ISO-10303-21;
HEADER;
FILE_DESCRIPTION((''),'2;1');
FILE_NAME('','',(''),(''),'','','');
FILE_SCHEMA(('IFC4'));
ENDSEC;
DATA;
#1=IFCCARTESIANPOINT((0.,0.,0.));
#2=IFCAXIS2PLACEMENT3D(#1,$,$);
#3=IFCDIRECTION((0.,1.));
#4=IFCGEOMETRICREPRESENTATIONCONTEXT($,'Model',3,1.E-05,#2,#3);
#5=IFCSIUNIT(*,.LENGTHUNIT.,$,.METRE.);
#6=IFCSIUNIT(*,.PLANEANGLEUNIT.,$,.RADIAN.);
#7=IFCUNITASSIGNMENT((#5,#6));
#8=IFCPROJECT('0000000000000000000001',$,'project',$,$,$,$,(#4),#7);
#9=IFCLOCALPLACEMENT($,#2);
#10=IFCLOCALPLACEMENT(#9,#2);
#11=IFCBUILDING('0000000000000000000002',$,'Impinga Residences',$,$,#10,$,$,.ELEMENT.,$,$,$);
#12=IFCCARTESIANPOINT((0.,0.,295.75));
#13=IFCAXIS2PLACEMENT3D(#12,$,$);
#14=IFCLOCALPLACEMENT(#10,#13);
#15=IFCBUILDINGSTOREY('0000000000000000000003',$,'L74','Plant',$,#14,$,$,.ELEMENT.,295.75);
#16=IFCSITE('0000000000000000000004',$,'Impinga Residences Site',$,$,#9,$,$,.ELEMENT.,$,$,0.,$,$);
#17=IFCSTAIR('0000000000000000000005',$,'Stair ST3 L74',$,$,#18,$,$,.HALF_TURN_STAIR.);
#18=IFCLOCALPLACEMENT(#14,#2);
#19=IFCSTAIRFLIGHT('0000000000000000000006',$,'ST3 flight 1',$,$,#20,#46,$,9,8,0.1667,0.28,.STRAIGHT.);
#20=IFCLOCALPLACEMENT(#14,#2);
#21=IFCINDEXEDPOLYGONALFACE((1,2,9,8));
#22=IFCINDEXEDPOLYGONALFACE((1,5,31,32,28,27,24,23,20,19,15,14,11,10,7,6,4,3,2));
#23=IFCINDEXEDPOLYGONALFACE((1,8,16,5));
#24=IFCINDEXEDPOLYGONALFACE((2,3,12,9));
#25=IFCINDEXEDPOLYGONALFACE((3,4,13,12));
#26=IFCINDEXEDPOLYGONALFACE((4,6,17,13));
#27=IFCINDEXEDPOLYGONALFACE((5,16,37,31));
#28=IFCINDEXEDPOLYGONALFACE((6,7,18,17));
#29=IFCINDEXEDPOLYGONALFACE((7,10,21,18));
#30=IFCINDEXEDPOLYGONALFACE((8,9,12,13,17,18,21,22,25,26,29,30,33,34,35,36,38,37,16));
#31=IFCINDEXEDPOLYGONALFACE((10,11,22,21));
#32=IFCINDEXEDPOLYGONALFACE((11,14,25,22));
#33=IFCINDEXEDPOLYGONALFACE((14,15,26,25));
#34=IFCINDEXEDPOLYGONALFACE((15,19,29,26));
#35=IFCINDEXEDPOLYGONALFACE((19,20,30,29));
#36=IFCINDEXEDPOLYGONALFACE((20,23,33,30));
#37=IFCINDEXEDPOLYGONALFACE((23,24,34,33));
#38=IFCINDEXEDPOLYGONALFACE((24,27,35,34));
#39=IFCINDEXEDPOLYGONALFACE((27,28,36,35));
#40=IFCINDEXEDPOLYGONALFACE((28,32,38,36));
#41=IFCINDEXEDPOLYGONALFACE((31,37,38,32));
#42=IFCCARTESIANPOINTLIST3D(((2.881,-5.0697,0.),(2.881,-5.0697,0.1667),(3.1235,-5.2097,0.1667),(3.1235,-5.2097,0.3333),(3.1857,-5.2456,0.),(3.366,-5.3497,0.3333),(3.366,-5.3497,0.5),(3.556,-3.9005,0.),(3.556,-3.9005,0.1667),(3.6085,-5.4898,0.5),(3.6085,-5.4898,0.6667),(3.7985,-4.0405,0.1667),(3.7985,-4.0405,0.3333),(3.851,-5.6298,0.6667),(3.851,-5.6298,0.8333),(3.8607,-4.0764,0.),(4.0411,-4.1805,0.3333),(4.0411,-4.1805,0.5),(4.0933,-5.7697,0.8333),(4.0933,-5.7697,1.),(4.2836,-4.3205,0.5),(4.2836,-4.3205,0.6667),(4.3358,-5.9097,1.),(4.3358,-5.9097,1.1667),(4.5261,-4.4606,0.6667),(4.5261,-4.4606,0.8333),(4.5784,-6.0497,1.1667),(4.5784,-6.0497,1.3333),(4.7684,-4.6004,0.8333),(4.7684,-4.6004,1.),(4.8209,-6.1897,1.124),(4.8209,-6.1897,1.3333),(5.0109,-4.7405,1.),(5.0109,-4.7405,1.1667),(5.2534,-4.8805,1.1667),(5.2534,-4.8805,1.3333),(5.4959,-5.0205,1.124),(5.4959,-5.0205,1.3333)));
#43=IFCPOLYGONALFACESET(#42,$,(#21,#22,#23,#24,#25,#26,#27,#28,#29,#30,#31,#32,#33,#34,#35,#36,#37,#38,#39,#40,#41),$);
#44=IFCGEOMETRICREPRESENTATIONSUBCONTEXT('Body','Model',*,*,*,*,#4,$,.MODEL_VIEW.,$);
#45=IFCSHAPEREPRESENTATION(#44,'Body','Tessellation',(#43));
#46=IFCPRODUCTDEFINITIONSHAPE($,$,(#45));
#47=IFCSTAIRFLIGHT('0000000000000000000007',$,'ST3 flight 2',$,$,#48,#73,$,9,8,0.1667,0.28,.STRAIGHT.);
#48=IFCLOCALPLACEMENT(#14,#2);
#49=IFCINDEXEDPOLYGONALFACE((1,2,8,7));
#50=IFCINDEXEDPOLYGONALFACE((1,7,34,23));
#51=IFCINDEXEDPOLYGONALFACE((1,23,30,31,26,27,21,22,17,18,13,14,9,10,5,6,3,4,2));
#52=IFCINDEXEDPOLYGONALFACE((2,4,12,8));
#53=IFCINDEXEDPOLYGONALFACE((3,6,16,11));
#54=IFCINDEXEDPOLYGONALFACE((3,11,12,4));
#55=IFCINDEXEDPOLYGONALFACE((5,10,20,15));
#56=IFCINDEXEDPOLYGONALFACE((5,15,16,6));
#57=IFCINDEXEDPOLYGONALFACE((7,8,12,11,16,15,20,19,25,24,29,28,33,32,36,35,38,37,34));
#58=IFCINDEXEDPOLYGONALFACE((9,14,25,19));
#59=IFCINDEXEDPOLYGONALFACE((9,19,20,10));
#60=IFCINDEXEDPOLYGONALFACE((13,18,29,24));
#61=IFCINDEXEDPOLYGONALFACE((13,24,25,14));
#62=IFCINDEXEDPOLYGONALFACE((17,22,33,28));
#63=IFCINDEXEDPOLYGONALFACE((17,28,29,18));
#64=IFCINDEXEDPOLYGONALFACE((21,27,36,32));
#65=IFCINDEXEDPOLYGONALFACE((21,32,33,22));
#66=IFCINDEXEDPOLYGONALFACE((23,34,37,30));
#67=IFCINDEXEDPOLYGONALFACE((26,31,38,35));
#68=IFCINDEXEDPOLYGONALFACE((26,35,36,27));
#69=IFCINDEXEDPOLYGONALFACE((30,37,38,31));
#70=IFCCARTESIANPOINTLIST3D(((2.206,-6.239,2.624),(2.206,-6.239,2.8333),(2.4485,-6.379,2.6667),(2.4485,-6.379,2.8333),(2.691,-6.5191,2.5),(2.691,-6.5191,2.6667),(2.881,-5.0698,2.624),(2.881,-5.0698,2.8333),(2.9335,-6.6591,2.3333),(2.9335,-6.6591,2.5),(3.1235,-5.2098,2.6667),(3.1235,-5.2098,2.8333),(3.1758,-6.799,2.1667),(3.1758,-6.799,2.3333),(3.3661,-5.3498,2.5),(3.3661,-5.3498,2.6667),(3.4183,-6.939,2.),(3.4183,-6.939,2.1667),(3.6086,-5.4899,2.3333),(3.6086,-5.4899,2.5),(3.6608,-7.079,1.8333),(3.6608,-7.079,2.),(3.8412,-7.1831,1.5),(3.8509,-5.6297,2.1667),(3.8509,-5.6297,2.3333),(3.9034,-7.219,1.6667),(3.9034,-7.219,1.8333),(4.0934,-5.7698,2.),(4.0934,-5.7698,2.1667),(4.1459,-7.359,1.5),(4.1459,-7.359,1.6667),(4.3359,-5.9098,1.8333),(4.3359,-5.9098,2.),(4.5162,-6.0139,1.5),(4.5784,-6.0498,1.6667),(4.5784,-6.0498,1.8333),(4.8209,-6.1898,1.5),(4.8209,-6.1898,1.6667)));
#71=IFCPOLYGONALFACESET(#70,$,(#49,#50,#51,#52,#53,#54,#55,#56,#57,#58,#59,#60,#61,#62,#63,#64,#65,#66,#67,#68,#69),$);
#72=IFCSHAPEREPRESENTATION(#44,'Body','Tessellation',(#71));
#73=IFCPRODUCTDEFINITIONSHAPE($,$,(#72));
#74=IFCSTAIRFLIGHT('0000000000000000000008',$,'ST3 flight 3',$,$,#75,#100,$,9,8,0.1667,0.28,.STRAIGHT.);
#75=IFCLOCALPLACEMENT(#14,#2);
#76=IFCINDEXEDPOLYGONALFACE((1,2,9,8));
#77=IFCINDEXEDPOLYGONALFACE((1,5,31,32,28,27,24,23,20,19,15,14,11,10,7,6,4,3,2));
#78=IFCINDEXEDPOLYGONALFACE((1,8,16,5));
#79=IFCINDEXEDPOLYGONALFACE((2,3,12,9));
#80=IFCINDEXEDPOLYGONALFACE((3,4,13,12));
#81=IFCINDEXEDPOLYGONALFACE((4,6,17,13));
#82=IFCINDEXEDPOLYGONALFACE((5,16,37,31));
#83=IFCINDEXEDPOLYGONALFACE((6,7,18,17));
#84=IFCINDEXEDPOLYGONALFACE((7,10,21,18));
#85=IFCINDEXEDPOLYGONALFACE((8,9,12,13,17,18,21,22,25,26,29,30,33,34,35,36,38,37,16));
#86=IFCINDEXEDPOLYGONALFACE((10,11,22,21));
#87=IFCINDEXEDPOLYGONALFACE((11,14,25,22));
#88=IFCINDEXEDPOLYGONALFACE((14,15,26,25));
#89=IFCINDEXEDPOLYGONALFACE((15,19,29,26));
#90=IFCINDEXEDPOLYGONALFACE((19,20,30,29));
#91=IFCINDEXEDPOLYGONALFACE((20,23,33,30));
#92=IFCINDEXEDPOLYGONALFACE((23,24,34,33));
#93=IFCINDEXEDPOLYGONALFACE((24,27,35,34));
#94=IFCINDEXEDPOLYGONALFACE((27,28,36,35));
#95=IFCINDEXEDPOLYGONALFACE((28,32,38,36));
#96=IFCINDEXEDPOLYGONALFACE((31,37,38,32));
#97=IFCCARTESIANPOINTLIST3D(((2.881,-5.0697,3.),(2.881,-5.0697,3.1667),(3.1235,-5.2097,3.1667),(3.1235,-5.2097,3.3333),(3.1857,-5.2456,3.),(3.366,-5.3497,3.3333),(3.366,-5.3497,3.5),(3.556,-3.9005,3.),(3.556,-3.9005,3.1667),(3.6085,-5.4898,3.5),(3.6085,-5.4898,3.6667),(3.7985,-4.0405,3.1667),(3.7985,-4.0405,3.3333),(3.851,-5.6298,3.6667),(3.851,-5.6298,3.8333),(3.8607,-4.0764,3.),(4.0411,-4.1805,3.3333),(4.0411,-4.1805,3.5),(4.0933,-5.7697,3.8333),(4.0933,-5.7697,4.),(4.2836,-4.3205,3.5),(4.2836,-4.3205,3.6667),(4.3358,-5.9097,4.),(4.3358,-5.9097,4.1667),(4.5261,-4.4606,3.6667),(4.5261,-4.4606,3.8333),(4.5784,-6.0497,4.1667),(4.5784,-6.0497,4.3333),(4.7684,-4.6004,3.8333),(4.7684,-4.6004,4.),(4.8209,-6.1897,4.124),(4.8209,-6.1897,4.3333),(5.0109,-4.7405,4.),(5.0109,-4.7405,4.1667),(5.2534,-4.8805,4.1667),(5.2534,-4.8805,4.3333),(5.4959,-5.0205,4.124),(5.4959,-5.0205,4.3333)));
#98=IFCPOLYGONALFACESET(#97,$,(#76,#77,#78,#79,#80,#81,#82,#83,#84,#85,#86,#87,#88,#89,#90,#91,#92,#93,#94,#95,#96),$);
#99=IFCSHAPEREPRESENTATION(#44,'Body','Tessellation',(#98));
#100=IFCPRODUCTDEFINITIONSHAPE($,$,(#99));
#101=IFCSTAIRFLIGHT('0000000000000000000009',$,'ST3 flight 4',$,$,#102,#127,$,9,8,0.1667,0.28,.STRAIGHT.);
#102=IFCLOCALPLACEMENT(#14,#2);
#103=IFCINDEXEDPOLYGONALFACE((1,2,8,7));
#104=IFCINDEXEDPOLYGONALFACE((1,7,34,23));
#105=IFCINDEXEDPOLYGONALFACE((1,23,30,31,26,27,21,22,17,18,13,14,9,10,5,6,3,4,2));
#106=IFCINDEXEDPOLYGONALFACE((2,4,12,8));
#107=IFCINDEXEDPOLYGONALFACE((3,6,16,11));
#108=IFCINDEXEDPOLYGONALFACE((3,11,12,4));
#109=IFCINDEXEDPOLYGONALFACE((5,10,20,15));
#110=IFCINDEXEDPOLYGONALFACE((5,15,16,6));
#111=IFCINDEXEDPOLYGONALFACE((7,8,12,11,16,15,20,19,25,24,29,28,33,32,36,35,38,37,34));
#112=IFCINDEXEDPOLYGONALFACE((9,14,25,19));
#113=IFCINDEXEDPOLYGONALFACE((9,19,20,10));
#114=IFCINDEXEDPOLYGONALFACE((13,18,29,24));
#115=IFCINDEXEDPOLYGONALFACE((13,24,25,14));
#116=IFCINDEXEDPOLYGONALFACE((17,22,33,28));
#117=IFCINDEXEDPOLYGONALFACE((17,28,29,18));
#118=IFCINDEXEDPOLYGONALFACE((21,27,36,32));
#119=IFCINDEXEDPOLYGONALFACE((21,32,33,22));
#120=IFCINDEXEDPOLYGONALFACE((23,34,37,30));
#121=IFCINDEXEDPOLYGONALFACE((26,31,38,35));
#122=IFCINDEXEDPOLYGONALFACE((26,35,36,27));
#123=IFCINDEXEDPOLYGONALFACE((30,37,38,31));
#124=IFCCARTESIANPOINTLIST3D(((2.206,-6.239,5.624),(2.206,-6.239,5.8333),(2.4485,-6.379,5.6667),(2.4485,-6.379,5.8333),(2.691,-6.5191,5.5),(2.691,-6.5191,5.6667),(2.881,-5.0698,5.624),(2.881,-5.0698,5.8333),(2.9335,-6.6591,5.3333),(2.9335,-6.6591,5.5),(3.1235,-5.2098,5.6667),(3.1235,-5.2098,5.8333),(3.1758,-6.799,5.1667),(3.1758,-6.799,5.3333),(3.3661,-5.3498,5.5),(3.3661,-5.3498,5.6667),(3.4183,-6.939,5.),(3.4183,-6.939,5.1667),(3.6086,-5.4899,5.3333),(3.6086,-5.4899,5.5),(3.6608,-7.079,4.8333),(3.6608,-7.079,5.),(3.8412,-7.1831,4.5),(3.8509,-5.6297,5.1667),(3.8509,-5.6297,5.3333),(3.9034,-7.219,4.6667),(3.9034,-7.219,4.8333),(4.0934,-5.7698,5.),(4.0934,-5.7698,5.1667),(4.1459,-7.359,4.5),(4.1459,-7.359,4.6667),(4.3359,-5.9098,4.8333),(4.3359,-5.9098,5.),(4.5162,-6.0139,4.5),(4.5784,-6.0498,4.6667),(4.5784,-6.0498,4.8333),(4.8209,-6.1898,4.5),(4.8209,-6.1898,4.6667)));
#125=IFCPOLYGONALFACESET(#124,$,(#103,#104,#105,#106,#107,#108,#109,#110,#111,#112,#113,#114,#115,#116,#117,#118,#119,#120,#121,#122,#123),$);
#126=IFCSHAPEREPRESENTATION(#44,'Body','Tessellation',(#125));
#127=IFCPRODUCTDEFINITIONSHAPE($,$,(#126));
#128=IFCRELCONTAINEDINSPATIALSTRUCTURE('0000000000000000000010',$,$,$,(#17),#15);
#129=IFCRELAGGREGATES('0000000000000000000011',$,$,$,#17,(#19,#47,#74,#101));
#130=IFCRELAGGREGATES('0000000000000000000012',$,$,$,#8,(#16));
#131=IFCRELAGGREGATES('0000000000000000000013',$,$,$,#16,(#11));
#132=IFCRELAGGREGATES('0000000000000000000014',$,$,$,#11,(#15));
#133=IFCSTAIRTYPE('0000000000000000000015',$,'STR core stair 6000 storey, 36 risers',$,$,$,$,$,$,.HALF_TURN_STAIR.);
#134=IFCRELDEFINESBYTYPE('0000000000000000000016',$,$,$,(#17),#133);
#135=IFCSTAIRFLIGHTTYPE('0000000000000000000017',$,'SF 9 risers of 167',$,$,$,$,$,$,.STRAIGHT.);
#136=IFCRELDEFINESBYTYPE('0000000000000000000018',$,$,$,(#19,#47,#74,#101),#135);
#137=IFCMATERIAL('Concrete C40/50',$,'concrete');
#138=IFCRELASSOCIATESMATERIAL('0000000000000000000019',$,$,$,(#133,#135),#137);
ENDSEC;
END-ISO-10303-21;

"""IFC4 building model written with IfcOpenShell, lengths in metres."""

from ifc_helpers import new_model, si_unit, direction, frame, origin, place, context, subcontext, project, spatial, polyline, outline, extrude, material, type_object, element, aggregate, save


model = new_model("IFC4")

# Units and contexts
model_context = context("Model", 3, precision=1e-05, world=origin(), true_north=direction((0.0, 1.0)))
body_context = subcontext(model_context, "Body", "Model", "MODEL_VIEW")
ifc_project = project(units=[si_unit("LENGTHUNIT", "METRE"), si_unit("PLANEANGLEUNIT", "RADIAN")], contexts=[model_context])

# Site, building, storey
site_placement = place(None, origin())
site = spatial("IfcSite", under=ifc_project, at=site_placement, Name="Impinga Residences Site", CompositionType="ELEMENT", RefElevation=0.0)
building_placement = place(site_placement, origin())
building = spatial("IfcBuilding", under=site, at=building_placement, Name="Impinga Residences", CompositionType="ELEMENT")
storey_placement = place(building_placement, frame((0.0, 0.0, 295.75)))
storey = spatial("IfcBuildingStorey", under=building, at=storey_placement, Name="L74", Description="Plant", CompositionType="ELEMENT", Elevation=295.75)

# Stair, stair flights
ifc_material_1 = material(Name="Concrete C40/50", Category="concrete")
stair_type = type_object("IfcStairType", Name="STR core stair 6000 storey, 36 risers", PredefinedType="HALF_TURN_STAIR", material=ifc_material_1)
stair_placement = place(storey_placement, origin())
stair = element("IfcStair", 1, at=stair_placement, inside=storey, type_object=stair_type, Name="Stair ST3 L74", PredefinedType="HALF_TURN_STAIR")
stair_flight_type = type_object("IfcStairFlightType", Name="SF 9 risers of 167", PredefinedType="STRAIGHT", material=ifc_material_1)
stair_flight_1_placement = place(storey_placement, frame((3.2185, -4.4851, 0.0), z_axis=(0.0, 0.0, 1.0), x_axis=(0.866025, -0.5, 0.0)))
stair_flight_1 = element("IfcStairFlight", 2, at=stair_flight_1_placement, type_object=stair_flight_type, Name="ST3 flight 1", NumberOfRisers=9, NumberOfTreads=8, PredefinedType="STRAIGHT", RiserHeight=0.1667, TreadLength=0.28, context=body_context, shape_type="SweptSolid", body=[
    extrude(outline(polyline([(0.0, 0.0), (0.0, 0.1667), (0.28, 0.1667), (0.28, 0.3333), (0.5601, 0.3333), (0.5601, 0.5), (0.8401, 0.5), (0.8401, 0.6667), (1.1201, 0.6667), (1.1201, 0.8333), (1.3999, 0.8333), (1.3999, 1.0), (1.6799, 1.0), (1.6799, 1.1667), (1.96, 1.1667), (1.96, 1.3333), (2.24, 1.3333), (2.24, 1.5), (2.24, 1.124), (0.3518, 0.0), (0.0, 0.0)])), frame((0.0, 0.675, 0.0), z_axis=(0.0, -1.0, 0.0), x_axis=(1.0, 0.0, 0.0)), (0.0, 0.0, 1.0), 1.3501),
])
stair_flight_2_placement = place(storey_placement, frame((4.4834, -6.7744, 1.5), z_axis=(0.0, 0.0, 1.0), x_axis=(-0.866025, 0.5, 0.0)))
stair_flight_2 = element("IfcStairFlight", 3, at=stair_flight_2_placement, type_object=stair_flight_type, Name="ST3 flight 2", NumberOfRisers=9, NumberOfTreads=8, PredefinedType="STRAIGHT", RiserHeight=0.1667, TreadLength=0.28, context=body_context, shape_type="SweptSolid", body=[
    extrude(outline(polyline([(0.0, 0.0), (0.0, 0.1667), (0.28, 0.1667), (0.28, 0.3333), (0.5601, 0.3333), (0.5601, 0.5), (0.8401, 0.5), (0.8401, 0.6667), (1.1201, 0.6667), (1.1201, 0.8333), (1.3999, 0.8333), (1.3999, 1.0), (1.6799, 1.0), (1.6799, 1.1667), (1.96, 1.1667), (1.96, 1.3333), (2.24, 1.3333), (2.24, 1.5), (2.24, 1.124), (0.3518, 0.0), (0.0, 0.0)])), frame((0.0, 0.675, 0.0), z_axis=(0.0, -1.0, 0.0), x_axis=(1.0, 0.0, 0.0)), (0.0, 0.0, 1.0), 1.3501),
])
stair_flight_3_placement = place(storey_placement, frame((3.2185, -4.4851, 3.0), z_axis=(0.0, 0.0, 1.0), x_axis=(0.866025, -0.5, 0.0)))
stair_flight_3 = element("IfcStairFlight", 4, at=stair_flight_3_placement, type_object=stair_flight_type, Name="ST3 flight 3", NumberOfRisers=9, NumberOfTreads=8, PredefinedType="STRAIGHT", RiserHeight=0.1667, TreadLength=0.28, context=body_context, shape_type="SweptSolid", body=[
    extrude(outline(polyline([(0.0, 0.0), (0.0, 0.1667), (0.28, 0.1667), (0.28, 0.3333), (0.5601, 0.3333), (0.5601, 0.5), (0.8401, 0.5), (0.8401, 0.6667), (1.1201, 0.6667), (1.1201, 0.8333), (1.3999, 0.8333), (1.3999, 1.0), (1.6799, 1.0), (1.6799, 1.1667), (1.96, 1.1667), (1.96, 1.3333), (2.24, 1.3333), (2.24, 1.5), (2.24, 1.124), (0.3518, 0.0), (0.0, 0.0)])), frame((0.0, 0.675, 0.0), z_axis=(0.0, -1.0, 0.0), x_axis=(1.0, 0.0, 0.0)), (0.0, 0.0, 1.0), 1.3501),
])
stair_flight_4_placement = place(storey_placement, frame((4.4834, -6.7744, 4.5), z_axis=(0.0, 0.0, 1.0), x_axis=(-0.866025, 0.5, 0.0)))
stair_flight_4 = element("IfcStairFlight", 5, at=stair_flight_4_placement, type_object=stair_flight_type, Name="ST3 flight 4", NumberOfRisers=9, NumberOfTreads=8, PredefinedType="STRAIGHT", RiserHeight=0.1667, TreadLength=0.28, context=body_context, shape_type="SweptSolid", body=[
    extrude(outline(polyline([(0.0, 0.0), (0.0, 0.1667), (0.28, 0.1667), (0.28, 0.3333), (0.5601, 0.3333), (0.5601, 0.5), (0.8401, 0.5), (0.8401, 0.6667), (1.1201, 0.6667), (1.1201, 0.8333), (1.3999, 0.8333), (1.3999, 1.0), (1.6799, 1.0), (1.6799, 1.1667), (1.96, 1.1667), (1.96, 1.3333), (2.24, 1.3333), (2.24, 1.5), (2.24, 1.124), (0.3518, 0.0), (0.0, 0.0)])), frame((0.0, 0.675, 0.0), z_axis=(0.0, -1.0, 0.0), x_axis=(1.0, 0.0, 0.0)), (0.0, 0.0, 1.0), 1.3501),
])
aggregate(stair, [stair_flight_1, stair_flight_2, stair_flight_3, stair_flight_4])

save(model, "model.ifc")
